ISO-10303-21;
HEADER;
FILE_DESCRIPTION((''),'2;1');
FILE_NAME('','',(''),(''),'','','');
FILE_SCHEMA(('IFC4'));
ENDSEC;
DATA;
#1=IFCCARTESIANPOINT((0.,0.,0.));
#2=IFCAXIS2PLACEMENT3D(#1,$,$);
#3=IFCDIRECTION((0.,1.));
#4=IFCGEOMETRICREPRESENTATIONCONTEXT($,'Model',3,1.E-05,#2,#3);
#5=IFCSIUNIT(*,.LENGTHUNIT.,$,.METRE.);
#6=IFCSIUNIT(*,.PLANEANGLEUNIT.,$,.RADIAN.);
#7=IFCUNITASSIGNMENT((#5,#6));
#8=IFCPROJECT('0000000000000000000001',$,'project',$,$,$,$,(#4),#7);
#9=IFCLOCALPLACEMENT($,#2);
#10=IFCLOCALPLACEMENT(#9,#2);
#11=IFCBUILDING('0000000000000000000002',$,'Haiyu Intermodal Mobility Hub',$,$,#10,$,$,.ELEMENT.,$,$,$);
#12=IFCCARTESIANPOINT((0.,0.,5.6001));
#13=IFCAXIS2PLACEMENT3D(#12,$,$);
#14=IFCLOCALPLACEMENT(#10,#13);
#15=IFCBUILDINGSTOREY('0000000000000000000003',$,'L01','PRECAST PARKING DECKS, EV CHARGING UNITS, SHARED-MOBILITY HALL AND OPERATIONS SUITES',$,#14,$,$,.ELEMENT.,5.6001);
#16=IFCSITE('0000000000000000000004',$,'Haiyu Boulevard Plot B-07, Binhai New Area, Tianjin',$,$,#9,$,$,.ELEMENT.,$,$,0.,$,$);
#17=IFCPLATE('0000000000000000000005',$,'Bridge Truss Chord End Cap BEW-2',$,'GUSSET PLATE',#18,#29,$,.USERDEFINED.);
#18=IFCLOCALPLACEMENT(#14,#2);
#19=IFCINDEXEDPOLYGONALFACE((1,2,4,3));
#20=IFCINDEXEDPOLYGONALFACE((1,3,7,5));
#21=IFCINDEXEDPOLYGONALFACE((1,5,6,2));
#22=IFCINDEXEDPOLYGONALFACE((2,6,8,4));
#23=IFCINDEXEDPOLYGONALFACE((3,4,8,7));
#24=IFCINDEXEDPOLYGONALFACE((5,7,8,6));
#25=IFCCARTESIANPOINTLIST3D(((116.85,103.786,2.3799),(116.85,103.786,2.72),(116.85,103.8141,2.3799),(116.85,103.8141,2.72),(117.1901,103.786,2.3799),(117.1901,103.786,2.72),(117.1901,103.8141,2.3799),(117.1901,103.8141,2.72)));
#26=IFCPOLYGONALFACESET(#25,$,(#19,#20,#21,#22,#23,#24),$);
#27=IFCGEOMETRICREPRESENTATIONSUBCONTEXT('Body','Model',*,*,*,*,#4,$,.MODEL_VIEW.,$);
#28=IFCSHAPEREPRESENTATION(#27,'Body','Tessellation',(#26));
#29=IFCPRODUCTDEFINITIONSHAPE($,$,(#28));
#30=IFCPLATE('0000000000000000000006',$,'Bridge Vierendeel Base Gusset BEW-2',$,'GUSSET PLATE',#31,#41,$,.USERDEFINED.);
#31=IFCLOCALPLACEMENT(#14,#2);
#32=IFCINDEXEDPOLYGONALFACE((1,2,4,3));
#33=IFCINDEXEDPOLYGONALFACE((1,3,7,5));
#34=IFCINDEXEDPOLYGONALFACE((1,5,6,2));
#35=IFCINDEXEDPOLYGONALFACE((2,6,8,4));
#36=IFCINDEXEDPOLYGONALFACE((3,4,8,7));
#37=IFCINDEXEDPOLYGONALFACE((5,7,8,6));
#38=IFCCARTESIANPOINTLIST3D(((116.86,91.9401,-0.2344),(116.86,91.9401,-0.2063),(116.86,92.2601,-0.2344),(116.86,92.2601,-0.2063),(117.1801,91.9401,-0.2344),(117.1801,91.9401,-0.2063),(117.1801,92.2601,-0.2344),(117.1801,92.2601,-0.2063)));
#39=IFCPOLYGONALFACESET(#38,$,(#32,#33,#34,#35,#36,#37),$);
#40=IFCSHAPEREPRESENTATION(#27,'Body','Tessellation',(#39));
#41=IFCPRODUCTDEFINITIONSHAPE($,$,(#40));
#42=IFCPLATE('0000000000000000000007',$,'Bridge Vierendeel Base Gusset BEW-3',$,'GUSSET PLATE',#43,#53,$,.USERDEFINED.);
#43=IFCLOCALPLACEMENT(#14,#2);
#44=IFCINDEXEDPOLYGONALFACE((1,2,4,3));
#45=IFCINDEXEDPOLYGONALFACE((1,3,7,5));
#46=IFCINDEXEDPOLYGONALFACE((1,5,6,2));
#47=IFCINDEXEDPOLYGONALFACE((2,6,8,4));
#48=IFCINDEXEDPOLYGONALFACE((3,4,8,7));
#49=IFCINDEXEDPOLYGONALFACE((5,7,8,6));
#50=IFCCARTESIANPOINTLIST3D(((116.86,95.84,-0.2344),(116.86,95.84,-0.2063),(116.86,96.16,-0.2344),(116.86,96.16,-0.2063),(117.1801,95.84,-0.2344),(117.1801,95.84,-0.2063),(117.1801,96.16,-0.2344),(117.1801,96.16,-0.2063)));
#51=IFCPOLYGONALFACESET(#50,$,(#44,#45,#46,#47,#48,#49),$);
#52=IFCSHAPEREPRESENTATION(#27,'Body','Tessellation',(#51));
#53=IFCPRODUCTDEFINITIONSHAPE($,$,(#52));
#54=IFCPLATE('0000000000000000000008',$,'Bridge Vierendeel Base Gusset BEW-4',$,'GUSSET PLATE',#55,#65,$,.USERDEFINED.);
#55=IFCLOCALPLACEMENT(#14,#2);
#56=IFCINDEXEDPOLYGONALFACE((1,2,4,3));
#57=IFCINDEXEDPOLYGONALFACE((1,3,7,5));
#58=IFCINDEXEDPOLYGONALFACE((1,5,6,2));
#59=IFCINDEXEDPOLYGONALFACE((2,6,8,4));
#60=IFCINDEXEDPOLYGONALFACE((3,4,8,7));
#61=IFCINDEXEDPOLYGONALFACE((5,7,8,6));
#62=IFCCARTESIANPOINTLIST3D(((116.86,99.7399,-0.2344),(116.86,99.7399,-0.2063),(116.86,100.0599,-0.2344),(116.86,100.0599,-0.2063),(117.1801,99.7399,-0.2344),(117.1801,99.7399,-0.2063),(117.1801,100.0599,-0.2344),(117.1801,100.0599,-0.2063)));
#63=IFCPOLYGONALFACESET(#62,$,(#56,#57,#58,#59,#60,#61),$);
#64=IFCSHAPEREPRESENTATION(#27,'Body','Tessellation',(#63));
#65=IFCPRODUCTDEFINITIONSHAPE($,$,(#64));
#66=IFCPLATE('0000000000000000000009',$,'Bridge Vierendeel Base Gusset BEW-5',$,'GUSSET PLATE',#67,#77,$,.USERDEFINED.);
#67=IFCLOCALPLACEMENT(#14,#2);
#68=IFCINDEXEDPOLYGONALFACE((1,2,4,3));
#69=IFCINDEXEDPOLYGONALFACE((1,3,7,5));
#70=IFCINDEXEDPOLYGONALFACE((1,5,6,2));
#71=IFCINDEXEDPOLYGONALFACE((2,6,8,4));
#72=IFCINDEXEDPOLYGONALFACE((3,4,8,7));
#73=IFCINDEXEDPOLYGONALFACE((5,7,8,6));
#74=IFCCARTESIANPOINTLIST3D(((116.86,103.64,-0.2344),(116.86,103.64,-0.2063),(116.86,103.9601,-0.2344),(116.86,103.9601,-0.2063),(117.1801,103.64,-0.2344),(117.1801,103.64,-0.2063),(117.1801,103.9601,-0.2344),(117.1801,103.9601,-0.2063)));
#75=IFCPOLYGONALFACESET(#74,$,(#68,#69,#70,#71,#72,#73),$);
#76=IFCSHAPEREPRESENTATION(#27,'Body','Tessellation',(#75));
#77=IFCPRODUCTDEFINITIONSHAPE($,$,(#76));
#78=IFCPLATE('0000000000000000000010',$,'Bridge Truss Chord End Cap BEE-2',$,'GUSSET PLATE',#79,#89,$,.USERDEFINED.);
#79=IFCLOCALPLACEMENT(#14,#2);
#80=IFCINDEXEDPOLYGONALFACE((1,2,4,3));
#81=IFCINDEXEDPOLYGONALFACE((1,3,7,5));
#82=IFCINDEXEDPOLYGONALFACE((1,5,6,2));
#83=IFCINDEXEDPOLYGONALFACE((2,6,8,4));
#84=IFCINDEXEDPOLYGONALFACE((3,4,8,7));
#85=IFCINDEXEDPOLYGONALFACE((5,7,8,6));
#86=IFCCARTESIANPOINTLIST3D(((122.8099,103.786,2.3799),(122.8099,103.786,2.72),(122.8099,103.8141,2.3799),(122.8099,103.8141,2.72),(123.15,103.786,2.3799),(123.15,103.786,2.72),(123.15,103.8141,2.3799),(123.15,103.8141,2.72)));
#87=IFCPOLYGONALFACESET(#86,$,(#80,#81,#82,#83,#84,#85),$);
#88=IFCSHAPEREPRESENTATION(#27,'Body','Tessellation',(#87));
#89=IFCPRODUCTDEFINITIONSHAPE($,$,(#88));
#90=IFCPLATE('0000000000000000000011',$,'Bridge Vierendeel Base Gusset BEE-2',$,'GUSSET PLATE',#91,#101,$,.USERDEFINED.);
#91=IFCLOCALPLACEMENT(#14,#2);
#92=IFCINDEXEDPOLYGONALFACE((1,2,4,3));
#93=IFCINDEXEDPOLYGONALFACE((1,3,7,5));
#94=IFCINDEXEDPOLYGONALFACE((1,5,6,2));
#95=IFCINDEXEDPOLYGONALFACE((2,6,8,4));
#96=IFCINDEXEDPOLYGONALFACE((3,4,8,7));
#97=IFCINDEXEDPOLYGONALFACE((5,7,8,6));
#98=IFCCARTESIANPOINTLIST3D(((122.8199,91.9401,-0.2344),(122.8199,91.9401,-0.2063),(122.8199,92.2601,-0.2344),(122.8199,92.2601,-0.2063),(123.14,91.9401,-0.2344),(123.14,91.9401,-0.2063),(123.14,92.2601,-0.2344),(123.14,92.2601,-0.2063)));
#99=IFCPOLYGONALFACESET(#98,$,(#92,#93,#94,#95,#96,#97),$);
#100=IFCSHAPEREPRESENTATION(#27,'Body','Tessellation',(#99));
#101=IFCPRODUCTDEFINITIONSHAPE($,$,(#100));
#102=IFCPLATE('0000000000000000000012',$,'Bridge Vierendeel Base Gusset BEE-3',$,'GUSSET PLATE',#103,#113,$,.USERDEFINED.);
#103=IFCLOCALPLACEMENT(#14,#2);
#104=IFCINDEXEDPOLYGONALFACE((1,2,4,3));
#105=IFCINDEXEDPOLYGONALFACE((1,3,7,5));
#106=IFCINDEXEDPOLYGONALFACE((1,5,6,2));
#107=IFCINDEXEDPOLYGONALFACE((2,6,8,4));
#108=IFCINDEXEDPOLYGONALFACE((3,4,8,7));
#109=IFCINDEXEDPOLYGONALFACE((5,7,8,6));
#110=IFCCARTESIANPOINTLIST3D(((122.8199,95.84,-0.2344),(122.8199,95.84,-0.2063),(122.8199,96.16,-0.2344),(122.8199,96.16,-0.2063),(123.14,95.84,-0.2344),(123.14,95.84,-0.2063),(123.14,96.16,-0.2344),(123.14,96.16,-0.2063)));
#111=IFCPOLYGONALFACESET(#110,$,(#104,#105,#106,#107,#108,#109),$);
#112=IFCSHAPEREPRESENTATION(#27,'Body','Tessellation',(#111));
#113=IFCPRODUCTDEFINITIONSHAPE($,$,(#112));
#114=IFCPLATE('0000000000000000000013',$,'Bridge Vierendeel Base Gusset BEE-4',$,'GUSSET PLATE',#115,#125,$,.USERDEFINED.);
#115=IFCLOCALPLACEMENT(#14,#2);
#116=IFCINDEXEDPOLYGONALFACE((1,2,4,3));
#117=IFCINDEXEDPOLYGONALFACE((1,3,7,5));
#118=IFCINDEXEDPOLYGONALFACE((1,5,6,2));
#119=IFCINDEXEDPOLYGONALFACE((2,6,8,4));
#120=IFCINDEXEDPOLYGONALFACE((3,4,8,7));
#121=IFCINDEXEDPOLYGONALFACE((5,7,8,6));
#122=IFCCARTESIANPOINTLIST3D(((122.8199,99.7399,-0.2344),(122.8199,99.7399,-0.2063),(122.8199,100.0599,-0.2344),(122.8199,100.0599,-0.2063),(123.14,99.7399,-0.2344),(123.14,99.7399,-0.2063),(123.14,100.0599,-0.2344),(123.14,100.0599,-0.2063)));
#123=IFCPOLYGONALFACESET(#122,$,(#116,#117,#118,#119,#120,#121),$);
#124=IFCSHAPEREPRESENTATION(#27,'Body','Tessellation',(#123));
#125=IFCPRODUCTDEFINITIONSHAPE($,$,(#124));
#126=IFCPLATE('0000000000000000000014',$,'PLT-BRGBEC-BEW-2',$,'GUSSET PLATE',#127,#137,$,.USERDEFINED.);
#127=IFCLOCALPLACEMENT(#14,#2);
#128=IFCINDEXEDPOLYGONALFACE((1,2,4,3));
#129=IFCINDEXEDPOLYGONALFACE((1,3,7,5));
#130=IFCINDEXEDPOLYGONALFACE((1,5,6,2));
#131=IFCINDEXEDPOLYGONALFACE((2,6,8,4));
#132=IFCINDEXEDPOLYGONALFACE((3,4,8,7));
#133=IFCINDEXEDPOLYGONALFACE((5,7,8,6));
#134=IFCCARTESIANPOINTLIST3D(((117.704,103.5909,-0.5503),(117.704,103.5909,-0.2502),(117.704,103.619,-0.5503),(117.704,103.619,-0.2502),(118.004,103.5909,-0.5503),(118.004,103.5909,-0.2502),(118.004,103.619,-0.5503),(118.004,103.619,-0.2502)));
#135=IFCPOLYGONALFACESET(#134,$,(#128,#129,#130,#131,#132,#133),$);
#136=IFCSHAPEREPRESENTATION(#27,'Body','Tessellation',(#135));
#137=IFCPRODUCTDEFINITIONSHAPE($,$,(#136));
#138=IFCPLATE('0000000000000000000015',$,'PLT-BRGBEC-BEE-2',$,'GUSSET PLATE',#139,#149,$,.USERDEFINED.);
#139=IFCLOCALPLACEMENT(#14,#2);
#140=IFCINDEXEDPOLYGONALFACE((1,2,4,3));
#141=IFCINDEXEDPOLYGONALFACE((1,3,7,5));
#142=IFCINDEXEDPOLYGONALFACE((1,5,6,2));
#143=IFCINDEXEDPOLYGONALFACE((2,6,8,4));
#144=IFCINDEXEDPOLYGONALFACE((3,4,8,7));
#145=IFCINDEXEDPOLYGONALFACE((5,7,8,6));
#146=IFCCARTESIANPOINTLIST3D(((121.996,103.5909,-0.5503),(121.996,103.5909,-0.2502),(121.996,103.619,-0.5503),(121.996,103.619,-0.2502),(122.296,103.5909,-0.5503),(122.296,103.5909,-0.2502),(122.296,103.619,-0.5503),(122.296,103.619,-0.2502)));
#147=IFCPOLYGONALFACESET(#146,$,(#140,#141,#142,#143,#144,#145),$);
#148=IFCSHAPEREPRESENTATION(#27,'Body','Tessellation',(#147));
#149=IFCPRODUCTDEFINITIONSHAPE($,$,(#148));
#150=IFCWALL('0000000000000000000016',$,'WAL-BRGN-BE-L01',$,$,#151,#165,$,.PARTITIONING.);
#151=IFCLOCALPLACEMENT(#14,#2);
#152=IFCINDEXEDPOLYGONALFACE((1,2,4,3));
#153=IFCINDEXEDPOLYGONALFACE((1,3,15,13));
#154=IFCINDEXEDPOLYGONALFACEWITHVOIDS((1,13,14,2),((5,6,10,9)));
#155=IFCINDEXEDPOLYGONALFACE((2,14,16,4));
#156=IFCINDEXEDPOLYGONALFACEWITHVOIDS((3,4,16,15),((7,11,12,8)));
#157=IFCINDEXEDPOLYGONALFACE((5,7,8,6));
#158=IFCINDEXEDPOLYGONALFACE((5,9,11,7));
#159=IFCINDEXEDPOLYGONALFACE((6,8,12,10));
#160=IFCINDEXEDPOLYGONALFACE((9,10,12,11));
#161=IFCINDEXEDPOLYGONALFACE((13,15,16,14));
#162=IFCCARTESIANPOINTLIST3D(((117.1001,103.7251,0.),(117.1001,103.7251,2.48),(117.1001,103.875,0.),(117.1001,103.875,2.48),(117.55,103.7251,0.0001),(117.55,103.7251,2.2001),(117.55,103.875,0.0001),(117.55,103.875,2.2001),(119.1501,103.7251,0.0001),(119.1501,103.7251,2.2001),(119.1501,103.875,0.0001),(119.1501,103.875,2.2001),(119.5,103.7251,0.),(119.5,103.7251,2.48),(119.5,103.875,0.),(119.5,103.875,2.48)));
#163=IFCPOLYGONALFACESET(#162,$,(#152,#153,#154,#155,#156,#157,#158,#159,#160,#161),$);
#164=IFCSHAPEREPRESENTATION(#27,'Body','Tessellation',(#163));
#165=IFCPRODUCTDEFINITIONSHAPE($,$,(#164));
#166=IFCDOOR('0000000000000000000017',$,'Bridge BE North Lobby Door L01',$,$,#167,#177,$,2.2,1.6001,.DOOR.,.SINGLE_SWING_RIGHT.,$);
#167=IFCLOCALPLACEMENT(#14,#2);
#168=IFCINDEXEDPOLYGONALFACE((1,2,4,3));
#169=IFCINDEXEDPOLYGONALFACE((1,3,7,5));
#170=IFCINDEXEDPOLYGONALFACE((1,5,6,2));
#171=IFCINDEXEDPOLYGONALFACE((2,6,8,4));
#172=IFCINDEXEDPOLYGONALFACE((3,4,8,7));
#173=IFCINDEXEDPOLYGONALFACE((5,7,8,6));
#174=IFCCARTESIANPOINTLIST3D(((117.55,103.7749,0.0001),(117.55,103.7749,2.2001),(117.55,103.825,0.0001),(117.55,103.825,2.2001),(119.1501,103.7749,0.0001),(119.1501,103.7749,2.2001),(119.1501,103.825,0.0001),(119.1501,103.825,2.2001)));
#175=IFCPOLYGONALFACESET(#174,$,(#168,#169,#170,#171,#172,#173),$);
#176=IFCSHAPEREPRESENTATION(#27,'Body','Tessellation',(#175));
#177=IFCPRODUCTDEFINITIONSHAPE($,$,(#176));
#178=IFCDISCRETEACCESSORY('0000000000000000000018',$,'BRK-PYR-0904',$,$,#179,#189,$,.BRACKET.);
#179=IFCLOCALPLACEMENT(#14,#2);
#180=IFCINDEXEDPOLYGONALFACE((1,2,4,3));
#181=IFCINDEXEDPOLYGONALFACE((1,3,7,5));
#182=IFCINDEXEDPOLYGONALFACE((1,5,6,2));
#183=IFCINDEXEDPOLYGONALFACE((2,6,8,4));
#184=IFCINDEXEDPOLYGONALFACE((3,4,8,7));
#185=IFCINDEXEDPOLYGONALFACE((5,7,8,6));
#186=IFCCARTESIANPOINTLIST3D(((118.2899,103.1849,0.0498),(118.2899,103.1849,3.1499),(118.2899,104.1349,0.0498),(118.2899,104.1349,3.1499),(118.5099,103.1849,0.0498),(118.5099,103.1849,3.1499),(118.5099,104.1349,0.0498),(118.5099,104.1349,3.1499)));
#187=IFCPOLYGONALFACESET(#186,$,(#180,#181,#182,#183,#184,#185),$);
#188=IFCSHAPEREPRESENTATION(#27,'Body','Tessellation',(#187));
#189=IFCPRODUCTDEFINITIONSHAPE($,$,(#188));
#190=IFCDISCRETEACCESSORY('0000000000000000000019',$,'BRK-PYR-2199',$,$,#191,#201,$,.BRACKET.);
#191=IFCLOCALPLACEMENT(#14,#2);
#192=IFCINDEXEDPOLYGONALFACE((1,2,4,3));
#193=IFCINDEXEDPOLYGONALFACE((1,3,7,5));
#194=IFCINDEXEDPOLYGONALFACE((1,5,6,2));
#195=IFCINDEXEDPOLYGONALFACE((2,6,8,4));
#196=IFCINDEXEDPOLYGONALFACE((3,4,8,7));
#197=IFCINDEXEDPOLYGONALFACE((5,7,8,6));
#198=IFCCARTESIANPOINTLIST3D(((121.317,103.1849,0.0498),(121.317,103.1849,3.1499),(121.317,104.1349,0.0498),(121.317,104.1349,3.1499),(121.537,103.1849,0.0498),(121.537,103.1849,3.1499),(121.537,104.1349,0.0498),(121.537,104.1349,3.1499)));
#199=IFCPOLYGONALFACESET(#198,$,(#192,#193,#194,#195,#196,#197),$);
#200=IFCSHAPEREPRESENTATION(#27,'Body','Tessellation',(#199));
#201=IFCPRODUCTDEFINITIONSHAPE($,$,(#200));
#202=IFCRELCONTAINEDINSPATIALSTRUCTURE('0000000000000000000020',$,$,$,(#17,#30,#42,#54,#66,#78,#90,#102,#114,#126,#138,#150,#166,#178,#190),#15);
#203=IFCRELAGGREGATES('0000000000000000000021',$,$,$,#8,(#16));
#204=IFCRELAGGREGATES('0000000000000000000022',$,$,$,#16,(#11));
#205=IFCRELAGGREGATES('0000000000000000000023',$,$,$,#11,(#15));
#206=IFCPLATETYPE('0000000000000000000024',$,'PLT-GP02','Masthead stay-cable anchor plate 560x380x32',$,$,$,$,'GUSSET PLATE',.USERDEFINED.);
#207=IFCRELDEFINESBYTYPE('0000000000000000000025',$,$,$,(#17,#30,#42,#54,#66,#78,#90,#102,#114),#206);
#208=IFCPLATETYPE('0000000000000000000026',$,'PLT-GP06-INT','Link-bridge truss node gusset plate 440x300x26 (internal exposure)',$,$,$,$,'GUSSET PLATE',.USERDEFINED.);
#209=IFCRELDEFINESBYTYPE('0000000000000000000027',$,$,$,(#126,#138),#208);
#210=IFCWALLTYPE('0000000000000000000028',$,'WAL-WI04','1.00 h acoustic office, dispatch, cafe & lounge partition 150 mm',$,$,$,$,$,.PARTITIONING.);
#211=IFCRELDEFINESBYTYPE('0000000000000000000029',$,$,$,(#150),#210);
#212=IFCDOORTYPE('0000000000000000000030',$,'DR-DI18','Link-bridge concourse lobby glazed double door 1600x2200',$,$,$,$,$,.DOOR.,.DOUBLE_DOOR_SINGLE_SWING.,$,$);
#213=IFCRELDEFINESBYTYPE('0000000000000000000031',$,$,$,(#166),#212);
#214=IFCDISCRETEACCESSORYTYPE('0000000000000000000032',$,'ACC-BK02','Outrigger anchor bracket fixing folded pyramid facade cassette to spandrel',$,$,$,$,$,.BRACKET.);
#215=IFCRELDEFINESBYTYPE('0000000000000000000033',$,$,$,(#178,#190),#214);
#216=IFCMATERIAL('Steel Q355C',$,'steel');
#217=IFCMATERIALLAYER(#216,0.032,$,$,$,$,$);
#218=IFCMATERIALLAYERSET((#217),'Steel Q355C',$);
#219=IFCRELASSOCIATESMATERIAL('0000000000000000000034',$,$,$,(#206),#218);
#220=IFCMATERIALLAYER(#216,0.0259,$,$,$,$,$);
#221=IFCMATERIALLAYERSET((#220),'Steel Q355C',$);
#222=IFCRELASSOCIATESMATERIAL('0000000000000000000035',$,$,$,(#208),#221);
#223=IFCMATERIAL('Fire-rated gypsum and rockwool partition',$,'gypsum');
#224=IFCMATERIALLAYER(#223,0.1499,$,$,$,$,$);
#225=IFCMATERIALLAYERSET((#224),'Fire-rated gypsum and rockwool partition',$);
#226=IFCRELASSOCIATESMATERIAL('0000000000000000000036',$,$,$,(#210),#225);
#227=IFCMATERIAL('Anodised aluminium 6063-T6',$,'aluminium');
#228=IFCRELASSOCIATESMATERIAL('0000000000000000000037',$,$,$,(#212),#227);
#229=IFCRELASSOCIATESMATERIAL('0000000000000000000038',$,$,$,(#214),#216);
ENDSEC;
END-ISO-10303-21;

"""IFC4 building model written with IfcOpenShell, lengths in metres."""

from ifc_helpers import new_model, si_unit, direction, frame, frame_2d, origin, origin_2d, place, context, subcontext, project, spatial, rectangle, extrude, material, layer, layer_set, type_object, element, fill, save


model = new_model("IFC4")

# Units and contexts
model_context = context("Model", 3, precision=1e-05, world=origin(), true_north=direction((0.0, 1.0)))
body_context = subcontext(model_context, "Body", "Model", "MODEL_VIEW")
ifc_project = project(units=[si_unit("LENGTHUNIT", "METRE"), si_unit("PLANEANGLEUNIT", "RADIAN")], contexts=[model_context])

# Site, building, storey
site_placement = place(None, origin())
site = spatial("IfcSite", under=ifc_project, at=site_placement, Name="Haiyu Boulevard Plot B-07, Binhai New Area, Tianjin", CompositionType="ELEMENT", RefElevation=0.0)
building_placement = place(site_placement, origin())
building = spatial("IfcBuilding", under=site, at=building_placement, Name="Haiyu Intermodal Mobility Hub", CompositionType="ELEMENT")
storey_placement = place(building_placement, frame((0.0, 0.0, 5.6001)))
storey = spatial("IfcBuildingStorey", under=building, at=storey_placement, Name="L01", Description="PRECAST PARKING DECKS, EV CHARGING UNITS, SHARED-MOBILITY HALL AND OPERATIONS SUITES", CompositionType="ELEMENT", Elevation=5.6001)

# Shared definitions
ifc_material_1 = material(Name="Steel Q355C", Category="steel")

# Shared definitions
ifc_material_2 = material(Name="Anodised aluminium 6063-T6", Category="aluminium")

# Plates
ifc_layer_1 = layer(ifc_material_1, 0.032)
ifc_layer_set_1 = layer_set([ifc_layer_1], Name="Steel Q355C")
plate_type_1 = type_object("IfcPlateType", Name="PLT-GP02", Description="Masthead stay-cable anchor plate 560x380x32", ElementType="GUSSET PLATE", PredefinedType="USERDEFINED", material=ifc_layer_set_1)
plate_1_placement = place(storey_placement, frame((117.02, 103.8, 2.3799), z_axis=(0.0, 0.0, 1.0), x_axis=(1.0, 0.0, 0.0)))
element("IfcPlate", 1, at=plate_1_placement, inside=storey, type_object=plate_type_1, Name="Bridge Truss Chord End Cap BEW-2", ObjectType="GUSSET PLATE", PredefinedType="USERDEFINED", context=body_context, shape_type="SweptSolid", body=[
    extrude(rectangle(XDim=0.3401, YDim=0.0281, at=origin_2d()), origin(), (0.0, 0.0, 1.0), 0.3401),
])
for number, where, z_axis, x_axis, name in (
    (2, (117.02, 92.1001, -0.2344), (0.0, 0.0, 1.0), (1.0, 0.0, 0.0), "Bridge Vierendeel Base Gusset BEW-2"),
    (3, (117.02, 96.0, -0.2344), (0.0, 0.0, 1.0), (1.0, 0.0, 0.0), "Bridge Vierendeel Base Gusset BEW-3"),
    (4, (117.02, 99.8999, -0.2344), (0.0, 0.0, 1.0), (1.0, 0.0, 0.0), "Bridge Vierendeel Base Gusset BEW-4"),
    (5, (117.02, 103.8, -0.2344), (0.0, 0.0, 1.0), (1.0, 0.0, 0.0), "Bridge Vierendeel Base Gusset BEW-5"),
):
    element("IfcPlate", number, at=place(storey_placement, frame(where, z_axis=z_axis, x_axis=x_axis)), inside=storey, type_object=plate_type_1, Name=name, ObjectType="GUSSET PLATE", PredefinedType="USERDEFINED", context=body_context, shape_type="SweptSolid", body=[
        extrude(rectangle(XDim=0.3201, YDim=0.3201, at=origin_2d()), origin(), (0.0, 0.0, 1.0), 0.0281),
    ])
plate_2_placement = place(storey_placement, frame((122.98, 103.8, 2.3799), z_axis=(0.0, 0.0, 1.0), x_axis=(1.0, 0.0, 0.0)))
element("IfcPlate", 6, at=plate_2_placement, inside=storey, type_object=plate_type_1, Name="Bridge Truss Chord End Cap BEE-2", ObjectType="GUSSET PLATE", PredefinedType="USERDEFINED", context=body_context, shape_type="SweptSolid", body=[
    extrude(rectangle(XDim=0.3401, YDim=0.0281, at=origin_2d()), origin(), (0.0, 0.0, 1.0), 0.3401),
])
for number, where, z_axis, x_axis, name in (
    (7, (122.98, 92.1001, -0.2344), (0.0, 0.0, 1.0), (1.0, 0.0, 0.0), "Bridge Vierendeel Base Gusset BEE-2"),
    (8, (122.98, 96.0, -0.2344), (0.0, 0.0, 1.0), (1.0, 0.0, 0.0), "Bridge Vierendeel Base Gusset BEE-3"),
    (9, (122.98, 99.8999, -0.2344), (0.0, 0.0, 1.0), (1.0, 0.0, 0.0), "Bridge Vierendeel Base Gusset BEE-4"),
):
    element("IfcPlate", number, at=place(storey_placement, frame(where, z_axis=z_axis, x_axis=x_axis)), inside=storey, type_object=plate_type_1, Name=name, ObjectType="GUSSET PLATE", PredefinedType="USERDEFINED", context=body_context, shape_type="SweptSolid", body=[
        extrude(rectangle(XDim=0.3201, YDim=0.3201, at=origin_2d()), origin(), (0.0, 0.0, 1.0), 0.0281),
    ])
ifc_layer_2 = layer(ifc_material_1, 0.0259)
ifc_layer_set_2 = layer_set([ifc_layer_2], Name="Steel Q355C")
plate_type_2 = type_object("IfcPlateType", Name="PLT-GP06-INT", Description="Link-bridge truss node gusset plate 440x300x26 (internal exposure)", ElementType="GUSSET PLATE", PredefinedType="USERDEFINED", material=ifc_layer_set_2)
for number, where, z_axis, x_axis, name in (
    (10, (117.854, 103.605, -0.5503), (0.0, 0.0, 1.0), (1.0, 0.0, 0.0), "PLT-BRGBEC-BEW-2"),
    (11, (122.146, 103.605, -0.5503), (0.0, 0.0, 1.0), (1.0, 0.0, 0.0), "PLT-BRGBEC-BEE-2"),
):
    element("IfcPlate", number, at=place(storey_placement, frame(where, z_axis=z_axis, x_axis=x_axis)), inside=storey, type_object=plate_type_2, Name=name, ObjectType="GUSSET PLATE", PredefinedType="USERDEFINED", context=body_context, shape_type="SweptSolid", body=[
        extrude(rectangle(XDim=0.3, YDim=0.0281, at=origin_2d()), origin(), (0.0, 0.0, 1.0), 0.3),
    ])

# Wall, opening, door
ifc_material_3 = material(Name="Fire-rated gypsum and rockwool partition", Category="gypsum")
ifc_layer_3 = layer(ifc_material_3, 0.1499)
ifc_layer_set_3 = layer_set([ifc_layer_3], Name="Fire-rated gypsum and rockwool partition")
wall_type = type_object("IfcWallType", Name="WAL-WI04", Description="1.00 h acoustic office, dispatch, cafe & lounge partition 150 mm", PredefinedType="PARTITIONING", material=ifc_layer_set_3)
wall_placement = place(storey_placement, frame((117.1001, 103.8, 0.0), z_axis=(0.0, 0.0, 1.0), x_axis=(1.0, 0.0, 0.0)))
wall = element("IfcWall", 12, at=wall_placement, inside=storey, type_object=wall_type, Name="WAL-BRGN-BE-L01", PredefinedType="PARTITIONING", context=body_context, shape_type="SweptSolid", body=[
    extrude(rectangle(XDim=2.3999, YDim=0.1499, at=frame_2d((1.2, 0.0))), origin(), (0.0, 0.0, 1.0), 2.48),
])
opening_placement = place(wall_placement, frame((0.45, 0.0, 0.0)))
opening = element("IfcOpeningElement", 13, at=opening_placement, cuts=wall, PredefinedType="OPENING", context=body_context, shape_type="SweptSolid", body=[
    extrude(rectangle(XDim=1.6001, YDim=2.2, at=frame_2d((0.8, 1.1001))), frame((0.0, 0.085, 0.0), z_axis=(0.0, -1.0, 0.0), x_axis=(1.0, 0.0, 0.0)), (0.0, 0.0, 1.0), 0.1699),
])
door_type = type_object("IfcDoorType", Name="DR-DI18", Description="Link-bridge concourse lobby glazed double door 1600x2200", OperationType="DOUBLE_DOOR_SINGLE_SWING", PredefinedType="DOOR", material=ifc_material_2)
door_placement = place(opening_placement, origin())
door = element("IfcDoor", 14, at=door_placement, inside=storey, type_object=door_type, Name="Bridge BE North Lobby Door L01", OperationType="SINGLE_SWING_RIGHT", OverallHeight=2.2, OverallWidth=1.6001, PredefinedType="DOOR", context=body_context, shape_type="SweptSolid", body=[
    extrude(rectangle(XDim=1.6001, YDim=2.2, at=frame_2d((0.8, 1.1001))), frame((0.0, 0.0249, 0.0), z_axis=(0.0, -1.0, 0.0), x_axis=(1.0, 0.0, 0.0)), (0.0, 0.0, 1.0), 0.05),
])
fill(opening, door)

# Discrete accessories
discrete_accessory_type_1 = type_object("IfcDiscreteAccessoryType", Name="ACC-BK02", Description="Outrigger anchor bracket fixing folded pyramid facade cassette to spandrel", PredefinedType="BRACKET", material=ifc_material_1)
for number, where, z_axis, x_axis, name in (
    (15, (118.3999, 103.6599, 0.0498), (0.0, 0.0, 1.0), (1.0, 0.0, 0.0), "BRK-PYR-0904"),
    (16, (121.427, 103.6599, 0.0498), (0.0, 0.0, 1.0), (1.0, 0.0, 0.0), "BRK-PYR-2199"),
):
    element("IfcDiscreteAccessory", number, at=place(storey_placement, frame(where, z_axis=z_axis, x_axis=x_axis)), inside=storey, type_object=discrete_accessory_type_1, Name=name, PredefinedType="BRACKET", context=body_context, shape_type="SweptSolid", body=[
        extrude(rectangle(XDim=0.22, YDim=0.95, at=origin_2d()), origin(), (0.0, 0.0, 1.0), 3.1001),
    ])

save(model, "model.ifc")
